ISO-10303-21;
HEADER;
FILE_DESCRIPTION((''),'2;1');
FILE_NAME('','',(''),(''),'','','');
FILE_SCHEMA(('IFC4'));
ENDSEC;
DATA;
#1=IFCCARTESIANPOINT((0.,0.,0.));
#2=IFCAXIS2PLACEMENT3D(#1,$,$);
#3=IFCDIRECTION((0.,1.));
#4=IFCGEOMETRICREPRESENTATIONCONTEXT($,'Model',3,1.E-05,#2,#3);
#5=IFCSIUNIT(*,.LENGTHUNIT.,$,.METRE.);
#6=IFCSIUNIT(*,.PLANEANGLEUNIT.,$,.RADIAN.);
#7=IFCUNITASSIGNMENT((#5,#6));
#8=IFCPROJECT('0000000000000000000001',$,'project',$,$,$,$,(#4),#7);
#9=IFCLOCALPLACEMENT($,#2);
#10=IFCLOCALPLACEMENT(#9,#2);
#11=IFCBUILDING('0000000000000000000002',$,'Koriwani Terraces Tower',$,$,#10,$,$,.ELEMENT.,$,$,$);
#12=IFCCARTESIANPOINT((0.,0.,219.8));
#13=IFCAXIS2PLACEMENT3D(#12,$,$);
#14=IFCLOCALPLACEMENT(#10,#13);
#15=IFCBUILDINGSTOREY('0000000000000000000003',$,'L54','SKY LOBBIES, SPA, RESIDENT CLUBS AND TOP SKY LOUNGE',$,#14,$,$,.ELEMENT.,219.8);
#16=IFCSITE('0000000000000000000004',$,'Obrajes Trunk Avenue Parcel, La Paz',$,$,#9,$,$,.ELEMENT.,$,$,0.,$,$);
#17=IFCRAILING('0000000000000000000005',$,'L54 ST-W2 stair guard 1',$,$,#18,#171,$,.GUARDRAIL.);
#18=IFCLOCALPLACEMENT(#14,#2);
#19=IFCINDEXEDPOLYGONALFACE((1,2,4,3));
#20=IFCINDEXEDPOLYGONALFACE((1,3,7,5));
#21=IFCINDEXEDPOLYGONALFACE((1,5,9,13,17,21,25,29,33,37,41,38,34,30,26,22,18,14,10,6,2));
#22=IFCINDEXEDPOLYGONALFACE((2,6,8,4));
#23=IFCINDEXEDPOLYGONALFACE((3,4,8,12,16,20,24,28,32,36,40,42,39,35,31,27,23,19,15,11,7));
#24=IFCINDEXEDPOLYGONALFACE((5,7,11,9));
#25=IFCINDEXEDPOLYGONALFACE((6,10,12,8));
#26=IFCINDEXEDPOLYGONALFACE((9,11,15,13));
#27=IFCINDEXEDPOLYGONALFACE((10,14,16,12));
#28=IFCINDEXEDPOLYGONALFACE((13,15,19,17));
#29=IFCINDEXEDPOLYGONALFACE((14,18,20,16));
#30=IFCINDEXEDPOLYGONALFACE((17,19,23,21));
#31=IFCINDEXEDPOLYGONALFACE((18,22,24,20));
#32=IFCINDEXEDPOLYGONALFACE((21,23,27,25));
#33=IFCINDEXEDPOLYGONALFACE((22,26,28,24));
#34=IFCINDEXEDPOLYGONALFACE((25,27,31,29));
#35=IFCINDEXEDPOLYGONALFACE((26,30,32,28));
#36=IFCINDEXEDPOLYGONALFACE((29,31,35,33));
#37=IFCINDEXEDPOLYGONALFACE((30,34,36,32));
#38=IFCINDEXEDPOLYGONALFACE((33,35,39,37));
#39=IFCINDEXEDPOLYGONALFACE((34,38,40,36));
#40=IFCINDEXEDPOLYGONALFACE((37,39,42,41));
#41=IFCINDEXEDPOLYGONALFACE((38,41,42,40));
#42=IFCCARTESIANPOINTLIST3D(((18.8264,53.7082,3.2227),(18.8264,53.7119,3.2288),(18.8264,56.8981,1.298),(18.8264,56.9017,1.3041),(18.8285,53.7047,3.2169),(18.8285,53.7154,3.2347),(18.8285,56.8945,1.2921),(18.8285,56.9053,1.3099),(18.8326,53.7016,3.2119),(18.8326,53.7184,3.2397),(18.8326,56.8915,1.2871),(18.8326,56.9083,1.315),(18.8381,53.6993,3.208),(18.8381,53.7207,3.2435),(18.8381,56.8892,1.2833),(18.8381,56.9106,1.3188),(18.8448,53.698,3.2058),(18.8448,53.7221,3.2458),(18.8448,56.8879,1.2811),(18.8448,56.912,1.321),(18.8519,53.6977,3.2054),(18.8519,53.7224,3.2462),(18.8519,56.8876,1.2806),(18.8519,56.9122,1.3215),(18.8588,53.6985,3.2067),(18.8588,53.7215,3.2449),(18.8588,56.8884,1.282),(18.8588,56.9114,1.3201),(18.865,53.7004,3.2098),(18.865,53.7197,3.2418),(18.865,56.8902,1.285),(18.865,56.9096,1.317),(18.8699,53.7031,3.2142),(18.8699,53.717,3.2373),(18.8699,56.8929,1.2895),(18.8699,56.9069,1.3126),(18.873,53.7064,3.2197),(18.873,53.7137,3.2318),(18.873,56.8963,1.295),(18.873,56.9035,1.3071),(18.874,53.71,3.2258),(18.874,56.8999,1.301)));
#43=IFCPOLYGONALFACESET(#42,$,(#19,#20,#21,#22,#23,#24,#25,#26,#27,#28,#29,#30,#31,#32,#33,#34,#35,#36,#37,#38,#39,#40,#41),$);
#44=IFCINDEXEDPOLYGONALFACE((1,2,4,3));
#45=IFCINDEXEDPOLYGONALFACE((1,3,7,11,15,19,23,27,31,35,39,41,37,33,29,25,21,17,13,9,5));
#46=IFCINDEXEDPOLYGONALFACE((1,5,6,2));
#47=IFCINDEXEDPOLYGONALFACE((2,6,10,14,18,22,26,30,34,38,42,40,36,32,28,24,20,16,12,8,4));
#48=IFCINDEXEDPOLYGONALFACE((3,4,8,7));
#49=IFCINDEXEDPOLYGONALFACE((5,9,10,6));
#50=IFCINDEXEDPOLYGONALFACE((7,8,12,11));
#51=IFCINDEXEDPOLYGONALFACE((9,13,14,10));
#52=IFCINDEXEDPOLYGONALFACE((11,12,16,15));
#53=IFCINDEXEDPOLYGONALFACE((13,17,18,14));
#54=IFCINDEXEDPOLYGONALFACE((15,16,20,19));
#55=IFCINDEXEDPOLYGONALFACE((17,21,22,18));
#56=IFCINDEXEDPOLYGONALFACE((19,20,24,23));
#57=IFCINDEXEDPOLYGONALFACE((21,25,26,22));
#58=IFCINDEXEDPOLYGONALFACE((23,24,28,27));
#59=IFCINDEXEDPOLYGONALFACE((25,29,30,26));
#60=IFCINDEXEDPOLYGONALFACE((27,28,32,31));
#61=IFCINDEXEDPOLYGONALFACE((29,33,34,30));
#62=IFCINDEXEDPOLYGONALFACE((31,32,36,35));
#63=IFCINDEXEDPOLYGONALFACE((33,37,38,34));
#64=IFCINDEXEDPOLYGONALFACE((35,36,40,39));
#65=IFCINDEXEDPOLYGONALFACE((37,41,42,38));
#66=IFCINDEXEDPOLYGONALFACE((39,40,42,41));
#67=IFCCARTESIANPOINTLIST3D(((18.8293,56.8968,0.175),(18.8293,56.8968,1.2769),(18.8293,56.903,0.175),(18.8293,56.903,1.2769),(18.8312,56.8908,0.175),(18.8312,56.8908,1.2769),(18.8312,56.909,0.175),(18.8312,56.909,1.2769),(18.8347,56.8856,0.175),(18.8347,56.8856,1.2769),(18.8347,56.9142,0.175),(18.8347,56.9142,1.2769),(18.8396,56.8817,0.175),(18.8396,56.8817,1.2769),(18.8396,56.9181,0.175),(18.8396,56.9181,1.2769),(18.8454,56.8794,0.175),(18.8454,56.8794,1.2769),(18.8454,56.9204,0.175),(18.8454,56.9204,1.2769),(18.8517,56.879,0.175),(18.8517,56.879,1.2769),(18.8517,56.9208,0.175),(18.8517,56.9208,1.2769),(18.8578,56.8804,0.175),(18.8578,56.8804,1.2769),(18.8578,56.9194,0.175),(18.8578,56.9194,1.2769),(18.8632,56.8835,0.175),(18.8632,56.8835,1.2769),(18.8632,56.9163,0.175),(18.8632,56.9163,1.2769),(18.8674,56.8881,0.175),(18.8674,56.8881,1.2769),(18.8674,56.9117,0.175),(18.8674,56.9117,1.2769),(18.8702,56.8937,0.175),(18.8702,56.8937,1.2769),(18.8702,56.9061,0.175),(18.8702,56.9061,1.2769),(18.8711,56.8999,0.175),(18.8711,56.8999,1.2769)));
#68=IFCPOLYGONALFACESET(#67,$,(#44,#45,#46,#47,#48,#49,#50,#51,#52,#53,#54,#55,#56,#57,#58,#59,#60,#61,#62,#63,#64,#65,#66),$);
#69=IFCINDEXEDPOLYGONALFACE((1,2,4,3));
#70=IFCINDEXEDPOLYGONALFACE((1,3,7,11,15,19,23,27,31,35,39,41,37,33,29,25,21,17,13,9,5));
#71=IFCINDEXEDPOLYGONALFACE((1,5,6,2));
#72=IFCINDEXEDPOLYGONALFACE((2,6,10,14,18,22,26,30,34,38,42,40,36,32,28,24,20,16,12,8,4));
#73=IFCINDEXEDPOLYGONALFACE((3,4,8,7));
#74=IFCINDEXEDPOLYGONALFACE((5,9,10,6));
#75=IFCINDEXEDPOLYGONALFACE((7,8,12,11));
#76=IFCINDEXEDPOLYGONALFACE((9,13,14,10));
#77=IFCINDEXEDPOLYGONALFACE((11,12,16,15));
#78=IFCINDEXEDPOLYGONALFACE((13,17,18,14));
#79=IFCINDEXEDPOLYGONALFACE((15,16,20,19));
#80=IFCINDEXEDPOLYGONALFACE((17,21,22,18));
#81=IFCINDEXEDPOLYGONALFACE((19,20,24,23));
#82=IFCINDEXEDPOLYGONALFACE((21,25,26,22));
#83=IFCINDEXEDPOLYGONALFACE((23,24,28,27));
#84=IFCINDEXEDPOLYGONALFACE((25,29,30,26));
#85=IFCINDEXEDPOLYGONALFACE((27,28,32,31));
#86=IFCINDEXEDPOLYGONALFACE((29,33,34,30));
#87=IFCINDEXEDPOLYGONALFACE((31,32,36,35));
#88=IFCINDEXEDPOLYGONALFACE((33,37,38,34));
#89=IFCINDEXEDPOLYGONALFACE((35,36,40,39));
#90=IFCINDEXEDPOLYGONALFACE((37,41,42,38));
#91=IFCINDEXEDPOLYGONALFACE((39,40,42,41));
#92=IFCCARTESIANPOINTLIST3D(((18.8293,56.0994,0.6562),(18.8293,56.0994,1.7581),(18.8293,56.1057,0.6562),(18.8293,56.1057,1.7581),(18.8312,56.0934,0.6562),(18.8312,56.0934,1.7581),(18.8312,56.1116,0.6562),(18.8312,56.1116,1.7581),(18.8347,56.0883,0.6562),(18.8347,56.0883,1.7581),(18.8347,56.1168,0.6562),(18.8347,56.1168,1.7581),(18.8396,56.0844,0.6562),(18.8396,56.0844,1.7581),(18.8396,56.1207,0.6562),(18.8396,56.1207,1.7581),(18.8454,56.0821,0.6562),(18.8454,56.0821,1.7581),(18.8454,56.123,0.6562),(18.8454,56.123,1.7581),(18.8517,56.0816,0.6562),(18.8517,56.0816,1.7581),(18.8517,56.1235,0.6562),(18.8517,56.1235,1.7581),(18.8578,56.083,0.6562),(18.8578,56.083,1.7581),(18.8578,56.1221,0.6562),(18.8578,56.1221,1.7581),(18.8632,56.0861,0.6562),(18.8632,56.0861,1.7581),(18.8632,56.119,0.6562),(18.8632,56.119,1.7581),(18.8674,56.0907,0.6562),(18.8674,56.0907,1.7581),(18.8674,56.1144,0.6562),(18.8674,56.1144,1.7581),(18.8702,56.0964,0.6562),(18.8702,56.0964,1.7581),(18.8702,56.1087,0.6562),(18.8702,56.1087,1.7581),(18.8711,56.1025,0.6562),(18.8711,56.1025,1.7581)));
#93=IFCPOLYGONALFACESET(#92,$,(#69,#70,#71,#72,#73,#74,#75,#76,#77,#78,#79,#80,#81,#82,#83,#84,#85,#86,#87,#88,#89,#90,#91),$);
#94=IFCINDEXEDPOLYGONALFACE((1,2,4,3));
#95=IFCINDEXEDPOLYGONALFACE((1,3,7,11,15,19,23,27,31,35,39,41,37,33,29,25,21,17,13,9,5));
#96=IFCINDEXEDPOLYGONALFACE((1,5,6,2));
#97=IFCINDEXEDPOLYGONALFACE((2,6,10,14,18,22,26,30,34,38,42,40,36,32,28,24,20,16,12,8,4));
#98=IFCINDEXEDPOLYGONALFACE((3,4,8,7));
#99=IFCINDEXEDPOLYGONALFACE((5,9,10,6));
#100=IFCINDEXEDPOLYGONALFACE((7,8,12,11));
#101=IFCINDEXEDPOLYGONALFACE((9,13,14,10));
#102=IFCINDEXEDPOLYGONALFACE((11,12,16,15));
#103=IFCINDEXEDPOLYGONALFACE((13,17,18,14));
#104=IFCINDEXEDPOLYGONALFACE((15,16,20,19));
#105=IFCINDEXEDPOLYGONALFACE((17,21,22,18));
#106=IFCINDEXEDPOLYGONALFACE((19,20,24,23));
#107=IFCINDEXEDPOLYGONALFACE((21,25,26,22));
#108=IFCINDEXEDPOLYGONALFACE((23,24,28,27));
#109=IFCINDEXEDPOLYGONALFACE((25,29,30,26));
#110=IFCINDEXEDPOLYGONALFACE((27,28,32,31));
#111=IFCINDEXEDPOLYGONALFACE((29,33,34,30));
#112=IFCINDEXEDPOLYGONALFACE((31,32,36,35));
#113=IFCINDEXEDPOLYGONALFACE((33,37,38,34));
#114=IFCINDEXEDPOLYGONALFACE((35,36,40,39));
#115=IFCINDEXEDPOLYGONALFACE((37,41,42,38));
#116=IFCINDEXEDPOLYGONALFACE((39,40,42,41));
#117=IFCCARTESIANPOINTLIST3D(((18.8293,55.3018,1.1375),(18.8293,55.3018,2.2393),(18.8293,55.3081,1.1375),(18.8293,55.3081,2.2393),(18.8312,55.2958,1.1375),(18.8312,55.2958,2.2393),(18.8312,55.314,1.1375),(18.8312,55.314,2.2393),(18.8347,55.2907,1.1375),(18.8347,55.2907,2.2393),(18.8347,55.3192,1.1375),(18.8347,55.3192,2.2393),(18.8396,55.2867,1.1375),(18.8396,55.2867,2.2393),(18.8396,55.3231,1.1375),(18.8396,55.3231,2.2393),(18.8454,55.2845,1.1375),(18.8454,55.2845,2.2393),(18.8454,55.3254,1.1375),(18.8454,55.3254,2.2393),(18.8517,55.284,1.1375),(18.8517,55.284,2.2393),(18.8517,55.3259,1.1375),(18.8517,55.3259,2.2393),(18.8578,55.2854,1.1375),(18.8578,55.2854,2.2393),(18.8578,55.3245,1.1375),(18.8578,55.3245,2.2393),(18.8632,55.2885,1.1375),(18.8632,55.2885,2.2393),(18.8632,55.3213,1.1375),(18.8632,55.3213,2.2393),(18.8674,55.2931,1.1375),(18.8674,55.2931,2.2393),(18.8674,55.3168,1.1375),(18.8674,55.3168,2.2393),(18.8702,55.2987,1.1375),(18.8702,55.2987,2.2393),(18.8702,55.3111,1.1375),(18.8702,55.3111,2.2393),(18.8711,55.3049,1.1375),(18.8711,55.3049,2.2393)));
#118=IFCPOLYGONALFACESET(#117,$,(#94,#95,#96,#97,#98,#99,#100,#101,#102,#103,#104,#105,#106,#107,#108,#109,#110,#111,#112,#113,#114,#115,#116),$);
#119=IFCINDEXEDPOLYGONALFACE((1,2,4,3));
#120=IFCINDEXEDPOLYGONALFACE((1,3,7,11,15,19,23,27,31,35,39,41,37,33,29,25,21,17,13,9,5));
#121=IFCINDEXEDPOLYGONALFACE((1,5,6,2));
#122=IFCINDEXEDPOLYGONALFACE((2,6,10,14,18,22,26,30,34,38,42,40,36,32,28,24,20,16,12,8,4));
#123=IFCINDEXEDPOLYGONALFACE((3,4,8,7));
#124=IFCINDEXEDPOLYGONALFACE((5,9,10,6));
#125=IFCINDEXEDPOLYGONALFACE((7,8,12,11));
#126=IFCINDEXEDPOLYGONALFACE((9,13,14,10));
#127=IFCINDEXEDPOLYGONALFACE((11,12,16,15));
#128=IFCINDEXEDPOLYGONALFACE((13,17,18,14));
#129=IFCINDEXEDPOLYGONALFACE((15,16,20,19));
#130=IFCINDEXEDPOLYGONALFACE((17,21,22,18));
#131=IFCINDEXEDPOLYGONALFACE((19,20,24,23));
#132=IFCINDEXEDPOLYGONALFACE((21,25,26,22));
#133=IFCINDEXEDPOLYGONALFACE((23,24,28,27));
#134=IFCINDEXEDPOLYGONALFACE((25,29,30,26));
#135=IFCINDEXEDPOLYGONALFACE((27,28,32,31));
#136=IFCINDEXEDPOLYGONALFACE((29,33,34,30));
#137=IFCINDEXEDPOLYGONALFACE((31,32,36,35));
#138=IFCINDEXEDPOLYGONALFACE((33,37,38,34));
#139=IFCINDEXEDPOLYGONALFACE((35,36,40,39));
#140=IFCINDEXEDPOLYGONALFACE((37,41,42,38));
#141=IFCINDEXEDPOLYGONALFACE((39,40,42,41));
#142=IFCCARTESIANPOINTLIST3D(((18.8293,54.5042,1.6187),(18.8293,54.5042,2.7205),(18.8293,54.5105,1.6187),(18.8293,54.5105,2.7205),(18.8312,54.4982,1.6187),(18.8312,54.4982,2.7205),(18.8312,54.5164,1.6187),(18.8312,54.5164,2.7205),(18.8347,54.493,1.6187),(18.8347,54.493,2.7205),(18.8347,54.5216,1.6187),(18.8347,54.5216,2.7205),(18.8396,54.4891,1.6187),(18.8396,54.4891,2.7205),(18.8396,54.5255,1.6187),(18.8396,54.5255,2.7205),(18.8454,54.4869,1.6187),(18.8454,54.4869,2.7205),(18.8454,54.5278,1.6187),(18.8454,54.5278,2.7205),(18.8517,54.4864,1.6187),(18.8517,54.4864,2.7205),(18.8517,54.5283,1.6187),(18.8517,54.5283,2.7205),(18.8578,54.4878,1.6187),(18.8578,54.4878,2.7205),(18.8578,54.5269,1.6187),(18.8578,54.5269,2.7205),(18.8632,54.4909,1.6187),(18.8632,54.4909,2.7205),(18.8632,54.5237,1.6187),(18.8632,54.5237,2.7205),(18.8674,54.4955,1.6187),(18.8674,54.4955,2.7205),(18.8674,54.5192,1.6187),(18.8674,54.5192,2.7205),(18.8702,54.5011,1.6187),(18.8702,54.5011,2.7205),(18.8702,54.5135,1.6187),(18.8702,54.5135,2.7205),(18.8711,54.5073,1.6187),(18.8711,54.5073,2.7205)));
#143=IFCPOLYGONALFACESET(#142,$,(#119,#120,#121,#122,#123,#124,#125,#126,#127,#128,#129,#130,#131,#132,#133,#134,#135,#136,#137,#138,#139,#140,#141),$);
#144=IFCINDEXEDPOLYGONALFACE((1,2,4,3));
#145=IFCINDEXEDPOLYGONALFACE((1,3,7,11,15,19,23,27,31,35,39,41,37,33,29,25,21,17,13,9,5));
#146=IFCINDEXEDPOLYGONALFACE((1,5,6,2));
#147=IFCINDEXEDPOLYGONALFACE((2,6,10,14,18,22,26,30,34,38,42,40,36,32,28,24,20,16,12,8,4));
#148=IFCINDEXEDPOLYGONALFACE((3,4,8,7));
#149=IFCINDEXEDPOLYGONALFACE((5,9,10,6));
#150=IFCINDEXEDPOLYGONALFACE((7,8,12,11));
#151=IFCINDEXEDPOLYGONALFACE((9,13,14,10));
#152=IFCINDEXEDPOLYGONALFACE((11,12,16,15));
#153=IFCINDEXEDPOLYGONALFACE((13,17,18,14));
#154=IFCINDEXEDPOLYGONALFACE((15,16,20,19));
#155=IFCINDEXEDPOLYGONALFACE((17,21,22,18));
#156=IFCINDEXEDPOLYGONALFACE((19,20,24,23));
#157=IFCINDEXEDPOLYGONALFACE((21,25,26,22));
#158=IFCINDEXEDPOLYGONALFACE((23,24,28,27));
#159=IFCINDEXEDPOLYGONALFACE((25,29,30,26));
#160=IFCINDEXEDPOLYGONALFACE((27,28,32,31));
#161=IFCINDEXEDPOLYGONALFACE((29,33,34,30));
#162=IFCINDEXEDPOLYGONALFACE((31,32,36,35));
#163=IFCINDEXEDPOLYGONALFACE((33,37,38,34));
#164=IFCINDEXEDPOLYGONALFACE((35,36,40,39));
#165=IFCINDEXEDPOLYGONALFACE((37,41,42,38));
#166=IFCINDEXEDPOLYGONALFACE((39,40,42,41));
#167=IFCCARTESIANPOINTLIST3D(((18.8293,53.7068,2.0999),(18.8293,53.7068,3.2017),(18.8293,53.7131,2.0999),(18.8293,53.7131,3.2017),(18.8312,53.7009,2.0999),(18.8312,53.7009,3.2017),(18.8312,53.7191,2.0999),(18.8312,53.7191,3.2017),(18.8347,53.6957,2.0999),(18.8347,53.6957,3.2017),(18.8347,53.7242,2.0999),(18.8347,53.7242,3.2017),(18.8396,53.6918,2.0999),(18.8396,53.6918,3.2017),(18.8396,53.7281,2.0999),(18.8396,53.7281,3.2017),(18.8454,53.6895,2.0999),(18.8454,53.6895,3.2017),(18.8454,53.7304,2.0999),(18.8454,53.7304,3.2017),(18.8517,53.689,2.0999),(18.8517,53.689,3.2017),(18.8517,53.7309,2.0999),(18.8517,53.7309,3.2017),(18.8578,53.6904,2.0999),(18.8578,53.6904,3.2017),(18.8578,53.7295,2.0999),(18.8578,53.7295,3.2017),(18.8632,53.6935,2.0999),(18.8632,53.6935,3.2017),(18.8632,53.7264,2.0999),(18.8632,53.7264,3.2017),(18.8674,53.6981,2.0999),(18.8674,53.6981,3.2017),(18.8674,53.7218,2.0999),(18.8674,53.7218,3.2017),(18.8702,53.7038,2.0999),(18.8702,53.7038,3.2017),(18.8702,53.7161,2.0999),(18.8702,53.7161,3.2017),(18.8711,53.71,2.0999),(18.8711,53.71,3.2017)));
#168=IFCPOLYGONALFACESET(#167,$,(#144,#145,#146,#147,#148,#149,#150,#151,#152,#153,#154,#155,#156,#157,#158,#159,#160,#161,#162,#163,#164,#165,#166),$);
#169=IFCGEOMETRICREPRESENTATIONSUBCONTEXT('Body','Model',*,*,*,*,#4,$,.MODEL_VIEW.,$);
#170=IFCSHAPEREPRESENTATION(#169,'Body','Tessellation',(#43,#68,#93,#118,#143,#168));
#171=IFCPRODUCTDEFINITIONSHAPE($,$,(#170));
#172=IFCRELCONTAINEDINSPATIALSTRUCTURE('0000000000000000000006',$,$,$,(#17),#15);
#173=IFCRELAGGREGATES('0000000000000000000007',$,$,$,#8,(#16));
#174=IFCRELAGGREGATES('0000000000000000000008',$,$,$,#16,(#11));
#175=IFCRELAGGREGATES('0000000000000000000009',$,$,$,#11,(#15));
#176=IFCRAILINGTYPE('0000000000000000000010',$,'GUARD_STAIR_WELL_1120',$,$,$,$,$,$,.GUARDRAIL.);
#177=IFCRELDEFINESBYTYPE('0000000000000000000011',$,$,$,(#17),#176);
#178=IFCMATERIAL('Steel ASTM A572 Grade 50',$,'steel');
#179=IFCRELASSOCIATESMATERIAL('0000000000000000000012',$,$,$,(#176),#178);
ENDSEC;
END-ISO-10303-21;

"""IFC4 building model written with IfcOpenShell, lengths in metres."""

from ifc_helpers import new_model, si_unit, direction, frame, origin, origin_2d, place, context, subcontext, project, spatial, circle, extrude, material, type_object, element, save


model = new_model("IFC4")

# Units and contexts
model_context = context("Model", 3, precision=1e-05, world=origin(), true_north=direction((0.0, 1.0)))
body_context = subcontext(model_context, "Body", "Model", "MODEL_VIEW")
ifc_project = project(units=[si_unit("LENGTHUNIT", "METRE"), si_unit("PLANEANGLEUNIT", "RADIAN")], contexts=[model_context])

# Site, building, storey
site_placement = place(None, origin())
site = spatial("IfcSite", under=ifc_project, at=site_placement, Name="Obrajes Trunk Avenue Parcel, La Paz", CompositionType="ELEMENT", RefElevation=0.0)
building_placement = place(site_placement, origin())
building = spatial("IfcBuilding", under=site, at=building_placement, Name="Koriwani Terraces Tower", CompositionType="ELEMENT")
storey_placement = place(building_placement, frame((0.0, 0.0, 219.8)))
storey = spatial("IfcBuildingStorey", under=building, at=storey_placement, Name="L54", Description="SKY LOBBIES, SPA, RESIDENT CLUBS AND TOP SKY LOUNGE", CompositionType="ELEMENT", Elevation=219.8)

# Shared definitions
ifc_material_1 = material(Name="Steel ASTM A572 Grade 50", Category="steel")

# Railing
railing_type_1 = type_object("IfcRailingType", Name="GUARD_STAIR_WELL_1120", PredefinedType="GUARDRAIL", material=ifc_material_1)
railing_1_placement = place(storey_placement, frame((18.8501, 56.8999, 0.175)))
element("IfcRailing", 1, at=railing_1_placement, inside=storey, type_object=railing_type_1, Name="L54 ST-W2 stair guard 1", PredefinedType="GUARDRAIL", context=body_context, shape_type="SweptSolid", body=[
    extrude(circle(Radius=0.0239, at=origin_2d()), frame((0.0, 0.0, 1.126), z_axis=(0.0, -0.856207, 0.516633), x_axis=(1.0, 0.0, 0.0)), (0.0, 0.0, 1.0), 3.7256),
    extrude(circle(Radius=0.021, at=origin_2d()), origin(), (0.0, 0.0, 1.0), 1.1018),
    extrude(circle(Radius=0.021, at=origin_2d()), frame((0.0, -0.7974, 0.4812)), (0.0, 0.0, 1.0), 1.1018),
    extrude(circle(Radius=0.021, at=origin_2d()), frame((0.0, -1.595, 0.9624)), (0.0, 0.0, 1.0), 1.1018),
    extrude(circle(Radius=0.021, at=origin_2d()), frame((0.0, -2.3926, 1.4436)), (0.0, 0.0, 1.0), 1.1018),
    extrude(circle(Radius=0.021, at=origin_2d()), frame((0.0, -3.1899, 1.9248)), (0.0, 0.0, 1.0), 1.1018),
])

save(model, "model.ifc")
